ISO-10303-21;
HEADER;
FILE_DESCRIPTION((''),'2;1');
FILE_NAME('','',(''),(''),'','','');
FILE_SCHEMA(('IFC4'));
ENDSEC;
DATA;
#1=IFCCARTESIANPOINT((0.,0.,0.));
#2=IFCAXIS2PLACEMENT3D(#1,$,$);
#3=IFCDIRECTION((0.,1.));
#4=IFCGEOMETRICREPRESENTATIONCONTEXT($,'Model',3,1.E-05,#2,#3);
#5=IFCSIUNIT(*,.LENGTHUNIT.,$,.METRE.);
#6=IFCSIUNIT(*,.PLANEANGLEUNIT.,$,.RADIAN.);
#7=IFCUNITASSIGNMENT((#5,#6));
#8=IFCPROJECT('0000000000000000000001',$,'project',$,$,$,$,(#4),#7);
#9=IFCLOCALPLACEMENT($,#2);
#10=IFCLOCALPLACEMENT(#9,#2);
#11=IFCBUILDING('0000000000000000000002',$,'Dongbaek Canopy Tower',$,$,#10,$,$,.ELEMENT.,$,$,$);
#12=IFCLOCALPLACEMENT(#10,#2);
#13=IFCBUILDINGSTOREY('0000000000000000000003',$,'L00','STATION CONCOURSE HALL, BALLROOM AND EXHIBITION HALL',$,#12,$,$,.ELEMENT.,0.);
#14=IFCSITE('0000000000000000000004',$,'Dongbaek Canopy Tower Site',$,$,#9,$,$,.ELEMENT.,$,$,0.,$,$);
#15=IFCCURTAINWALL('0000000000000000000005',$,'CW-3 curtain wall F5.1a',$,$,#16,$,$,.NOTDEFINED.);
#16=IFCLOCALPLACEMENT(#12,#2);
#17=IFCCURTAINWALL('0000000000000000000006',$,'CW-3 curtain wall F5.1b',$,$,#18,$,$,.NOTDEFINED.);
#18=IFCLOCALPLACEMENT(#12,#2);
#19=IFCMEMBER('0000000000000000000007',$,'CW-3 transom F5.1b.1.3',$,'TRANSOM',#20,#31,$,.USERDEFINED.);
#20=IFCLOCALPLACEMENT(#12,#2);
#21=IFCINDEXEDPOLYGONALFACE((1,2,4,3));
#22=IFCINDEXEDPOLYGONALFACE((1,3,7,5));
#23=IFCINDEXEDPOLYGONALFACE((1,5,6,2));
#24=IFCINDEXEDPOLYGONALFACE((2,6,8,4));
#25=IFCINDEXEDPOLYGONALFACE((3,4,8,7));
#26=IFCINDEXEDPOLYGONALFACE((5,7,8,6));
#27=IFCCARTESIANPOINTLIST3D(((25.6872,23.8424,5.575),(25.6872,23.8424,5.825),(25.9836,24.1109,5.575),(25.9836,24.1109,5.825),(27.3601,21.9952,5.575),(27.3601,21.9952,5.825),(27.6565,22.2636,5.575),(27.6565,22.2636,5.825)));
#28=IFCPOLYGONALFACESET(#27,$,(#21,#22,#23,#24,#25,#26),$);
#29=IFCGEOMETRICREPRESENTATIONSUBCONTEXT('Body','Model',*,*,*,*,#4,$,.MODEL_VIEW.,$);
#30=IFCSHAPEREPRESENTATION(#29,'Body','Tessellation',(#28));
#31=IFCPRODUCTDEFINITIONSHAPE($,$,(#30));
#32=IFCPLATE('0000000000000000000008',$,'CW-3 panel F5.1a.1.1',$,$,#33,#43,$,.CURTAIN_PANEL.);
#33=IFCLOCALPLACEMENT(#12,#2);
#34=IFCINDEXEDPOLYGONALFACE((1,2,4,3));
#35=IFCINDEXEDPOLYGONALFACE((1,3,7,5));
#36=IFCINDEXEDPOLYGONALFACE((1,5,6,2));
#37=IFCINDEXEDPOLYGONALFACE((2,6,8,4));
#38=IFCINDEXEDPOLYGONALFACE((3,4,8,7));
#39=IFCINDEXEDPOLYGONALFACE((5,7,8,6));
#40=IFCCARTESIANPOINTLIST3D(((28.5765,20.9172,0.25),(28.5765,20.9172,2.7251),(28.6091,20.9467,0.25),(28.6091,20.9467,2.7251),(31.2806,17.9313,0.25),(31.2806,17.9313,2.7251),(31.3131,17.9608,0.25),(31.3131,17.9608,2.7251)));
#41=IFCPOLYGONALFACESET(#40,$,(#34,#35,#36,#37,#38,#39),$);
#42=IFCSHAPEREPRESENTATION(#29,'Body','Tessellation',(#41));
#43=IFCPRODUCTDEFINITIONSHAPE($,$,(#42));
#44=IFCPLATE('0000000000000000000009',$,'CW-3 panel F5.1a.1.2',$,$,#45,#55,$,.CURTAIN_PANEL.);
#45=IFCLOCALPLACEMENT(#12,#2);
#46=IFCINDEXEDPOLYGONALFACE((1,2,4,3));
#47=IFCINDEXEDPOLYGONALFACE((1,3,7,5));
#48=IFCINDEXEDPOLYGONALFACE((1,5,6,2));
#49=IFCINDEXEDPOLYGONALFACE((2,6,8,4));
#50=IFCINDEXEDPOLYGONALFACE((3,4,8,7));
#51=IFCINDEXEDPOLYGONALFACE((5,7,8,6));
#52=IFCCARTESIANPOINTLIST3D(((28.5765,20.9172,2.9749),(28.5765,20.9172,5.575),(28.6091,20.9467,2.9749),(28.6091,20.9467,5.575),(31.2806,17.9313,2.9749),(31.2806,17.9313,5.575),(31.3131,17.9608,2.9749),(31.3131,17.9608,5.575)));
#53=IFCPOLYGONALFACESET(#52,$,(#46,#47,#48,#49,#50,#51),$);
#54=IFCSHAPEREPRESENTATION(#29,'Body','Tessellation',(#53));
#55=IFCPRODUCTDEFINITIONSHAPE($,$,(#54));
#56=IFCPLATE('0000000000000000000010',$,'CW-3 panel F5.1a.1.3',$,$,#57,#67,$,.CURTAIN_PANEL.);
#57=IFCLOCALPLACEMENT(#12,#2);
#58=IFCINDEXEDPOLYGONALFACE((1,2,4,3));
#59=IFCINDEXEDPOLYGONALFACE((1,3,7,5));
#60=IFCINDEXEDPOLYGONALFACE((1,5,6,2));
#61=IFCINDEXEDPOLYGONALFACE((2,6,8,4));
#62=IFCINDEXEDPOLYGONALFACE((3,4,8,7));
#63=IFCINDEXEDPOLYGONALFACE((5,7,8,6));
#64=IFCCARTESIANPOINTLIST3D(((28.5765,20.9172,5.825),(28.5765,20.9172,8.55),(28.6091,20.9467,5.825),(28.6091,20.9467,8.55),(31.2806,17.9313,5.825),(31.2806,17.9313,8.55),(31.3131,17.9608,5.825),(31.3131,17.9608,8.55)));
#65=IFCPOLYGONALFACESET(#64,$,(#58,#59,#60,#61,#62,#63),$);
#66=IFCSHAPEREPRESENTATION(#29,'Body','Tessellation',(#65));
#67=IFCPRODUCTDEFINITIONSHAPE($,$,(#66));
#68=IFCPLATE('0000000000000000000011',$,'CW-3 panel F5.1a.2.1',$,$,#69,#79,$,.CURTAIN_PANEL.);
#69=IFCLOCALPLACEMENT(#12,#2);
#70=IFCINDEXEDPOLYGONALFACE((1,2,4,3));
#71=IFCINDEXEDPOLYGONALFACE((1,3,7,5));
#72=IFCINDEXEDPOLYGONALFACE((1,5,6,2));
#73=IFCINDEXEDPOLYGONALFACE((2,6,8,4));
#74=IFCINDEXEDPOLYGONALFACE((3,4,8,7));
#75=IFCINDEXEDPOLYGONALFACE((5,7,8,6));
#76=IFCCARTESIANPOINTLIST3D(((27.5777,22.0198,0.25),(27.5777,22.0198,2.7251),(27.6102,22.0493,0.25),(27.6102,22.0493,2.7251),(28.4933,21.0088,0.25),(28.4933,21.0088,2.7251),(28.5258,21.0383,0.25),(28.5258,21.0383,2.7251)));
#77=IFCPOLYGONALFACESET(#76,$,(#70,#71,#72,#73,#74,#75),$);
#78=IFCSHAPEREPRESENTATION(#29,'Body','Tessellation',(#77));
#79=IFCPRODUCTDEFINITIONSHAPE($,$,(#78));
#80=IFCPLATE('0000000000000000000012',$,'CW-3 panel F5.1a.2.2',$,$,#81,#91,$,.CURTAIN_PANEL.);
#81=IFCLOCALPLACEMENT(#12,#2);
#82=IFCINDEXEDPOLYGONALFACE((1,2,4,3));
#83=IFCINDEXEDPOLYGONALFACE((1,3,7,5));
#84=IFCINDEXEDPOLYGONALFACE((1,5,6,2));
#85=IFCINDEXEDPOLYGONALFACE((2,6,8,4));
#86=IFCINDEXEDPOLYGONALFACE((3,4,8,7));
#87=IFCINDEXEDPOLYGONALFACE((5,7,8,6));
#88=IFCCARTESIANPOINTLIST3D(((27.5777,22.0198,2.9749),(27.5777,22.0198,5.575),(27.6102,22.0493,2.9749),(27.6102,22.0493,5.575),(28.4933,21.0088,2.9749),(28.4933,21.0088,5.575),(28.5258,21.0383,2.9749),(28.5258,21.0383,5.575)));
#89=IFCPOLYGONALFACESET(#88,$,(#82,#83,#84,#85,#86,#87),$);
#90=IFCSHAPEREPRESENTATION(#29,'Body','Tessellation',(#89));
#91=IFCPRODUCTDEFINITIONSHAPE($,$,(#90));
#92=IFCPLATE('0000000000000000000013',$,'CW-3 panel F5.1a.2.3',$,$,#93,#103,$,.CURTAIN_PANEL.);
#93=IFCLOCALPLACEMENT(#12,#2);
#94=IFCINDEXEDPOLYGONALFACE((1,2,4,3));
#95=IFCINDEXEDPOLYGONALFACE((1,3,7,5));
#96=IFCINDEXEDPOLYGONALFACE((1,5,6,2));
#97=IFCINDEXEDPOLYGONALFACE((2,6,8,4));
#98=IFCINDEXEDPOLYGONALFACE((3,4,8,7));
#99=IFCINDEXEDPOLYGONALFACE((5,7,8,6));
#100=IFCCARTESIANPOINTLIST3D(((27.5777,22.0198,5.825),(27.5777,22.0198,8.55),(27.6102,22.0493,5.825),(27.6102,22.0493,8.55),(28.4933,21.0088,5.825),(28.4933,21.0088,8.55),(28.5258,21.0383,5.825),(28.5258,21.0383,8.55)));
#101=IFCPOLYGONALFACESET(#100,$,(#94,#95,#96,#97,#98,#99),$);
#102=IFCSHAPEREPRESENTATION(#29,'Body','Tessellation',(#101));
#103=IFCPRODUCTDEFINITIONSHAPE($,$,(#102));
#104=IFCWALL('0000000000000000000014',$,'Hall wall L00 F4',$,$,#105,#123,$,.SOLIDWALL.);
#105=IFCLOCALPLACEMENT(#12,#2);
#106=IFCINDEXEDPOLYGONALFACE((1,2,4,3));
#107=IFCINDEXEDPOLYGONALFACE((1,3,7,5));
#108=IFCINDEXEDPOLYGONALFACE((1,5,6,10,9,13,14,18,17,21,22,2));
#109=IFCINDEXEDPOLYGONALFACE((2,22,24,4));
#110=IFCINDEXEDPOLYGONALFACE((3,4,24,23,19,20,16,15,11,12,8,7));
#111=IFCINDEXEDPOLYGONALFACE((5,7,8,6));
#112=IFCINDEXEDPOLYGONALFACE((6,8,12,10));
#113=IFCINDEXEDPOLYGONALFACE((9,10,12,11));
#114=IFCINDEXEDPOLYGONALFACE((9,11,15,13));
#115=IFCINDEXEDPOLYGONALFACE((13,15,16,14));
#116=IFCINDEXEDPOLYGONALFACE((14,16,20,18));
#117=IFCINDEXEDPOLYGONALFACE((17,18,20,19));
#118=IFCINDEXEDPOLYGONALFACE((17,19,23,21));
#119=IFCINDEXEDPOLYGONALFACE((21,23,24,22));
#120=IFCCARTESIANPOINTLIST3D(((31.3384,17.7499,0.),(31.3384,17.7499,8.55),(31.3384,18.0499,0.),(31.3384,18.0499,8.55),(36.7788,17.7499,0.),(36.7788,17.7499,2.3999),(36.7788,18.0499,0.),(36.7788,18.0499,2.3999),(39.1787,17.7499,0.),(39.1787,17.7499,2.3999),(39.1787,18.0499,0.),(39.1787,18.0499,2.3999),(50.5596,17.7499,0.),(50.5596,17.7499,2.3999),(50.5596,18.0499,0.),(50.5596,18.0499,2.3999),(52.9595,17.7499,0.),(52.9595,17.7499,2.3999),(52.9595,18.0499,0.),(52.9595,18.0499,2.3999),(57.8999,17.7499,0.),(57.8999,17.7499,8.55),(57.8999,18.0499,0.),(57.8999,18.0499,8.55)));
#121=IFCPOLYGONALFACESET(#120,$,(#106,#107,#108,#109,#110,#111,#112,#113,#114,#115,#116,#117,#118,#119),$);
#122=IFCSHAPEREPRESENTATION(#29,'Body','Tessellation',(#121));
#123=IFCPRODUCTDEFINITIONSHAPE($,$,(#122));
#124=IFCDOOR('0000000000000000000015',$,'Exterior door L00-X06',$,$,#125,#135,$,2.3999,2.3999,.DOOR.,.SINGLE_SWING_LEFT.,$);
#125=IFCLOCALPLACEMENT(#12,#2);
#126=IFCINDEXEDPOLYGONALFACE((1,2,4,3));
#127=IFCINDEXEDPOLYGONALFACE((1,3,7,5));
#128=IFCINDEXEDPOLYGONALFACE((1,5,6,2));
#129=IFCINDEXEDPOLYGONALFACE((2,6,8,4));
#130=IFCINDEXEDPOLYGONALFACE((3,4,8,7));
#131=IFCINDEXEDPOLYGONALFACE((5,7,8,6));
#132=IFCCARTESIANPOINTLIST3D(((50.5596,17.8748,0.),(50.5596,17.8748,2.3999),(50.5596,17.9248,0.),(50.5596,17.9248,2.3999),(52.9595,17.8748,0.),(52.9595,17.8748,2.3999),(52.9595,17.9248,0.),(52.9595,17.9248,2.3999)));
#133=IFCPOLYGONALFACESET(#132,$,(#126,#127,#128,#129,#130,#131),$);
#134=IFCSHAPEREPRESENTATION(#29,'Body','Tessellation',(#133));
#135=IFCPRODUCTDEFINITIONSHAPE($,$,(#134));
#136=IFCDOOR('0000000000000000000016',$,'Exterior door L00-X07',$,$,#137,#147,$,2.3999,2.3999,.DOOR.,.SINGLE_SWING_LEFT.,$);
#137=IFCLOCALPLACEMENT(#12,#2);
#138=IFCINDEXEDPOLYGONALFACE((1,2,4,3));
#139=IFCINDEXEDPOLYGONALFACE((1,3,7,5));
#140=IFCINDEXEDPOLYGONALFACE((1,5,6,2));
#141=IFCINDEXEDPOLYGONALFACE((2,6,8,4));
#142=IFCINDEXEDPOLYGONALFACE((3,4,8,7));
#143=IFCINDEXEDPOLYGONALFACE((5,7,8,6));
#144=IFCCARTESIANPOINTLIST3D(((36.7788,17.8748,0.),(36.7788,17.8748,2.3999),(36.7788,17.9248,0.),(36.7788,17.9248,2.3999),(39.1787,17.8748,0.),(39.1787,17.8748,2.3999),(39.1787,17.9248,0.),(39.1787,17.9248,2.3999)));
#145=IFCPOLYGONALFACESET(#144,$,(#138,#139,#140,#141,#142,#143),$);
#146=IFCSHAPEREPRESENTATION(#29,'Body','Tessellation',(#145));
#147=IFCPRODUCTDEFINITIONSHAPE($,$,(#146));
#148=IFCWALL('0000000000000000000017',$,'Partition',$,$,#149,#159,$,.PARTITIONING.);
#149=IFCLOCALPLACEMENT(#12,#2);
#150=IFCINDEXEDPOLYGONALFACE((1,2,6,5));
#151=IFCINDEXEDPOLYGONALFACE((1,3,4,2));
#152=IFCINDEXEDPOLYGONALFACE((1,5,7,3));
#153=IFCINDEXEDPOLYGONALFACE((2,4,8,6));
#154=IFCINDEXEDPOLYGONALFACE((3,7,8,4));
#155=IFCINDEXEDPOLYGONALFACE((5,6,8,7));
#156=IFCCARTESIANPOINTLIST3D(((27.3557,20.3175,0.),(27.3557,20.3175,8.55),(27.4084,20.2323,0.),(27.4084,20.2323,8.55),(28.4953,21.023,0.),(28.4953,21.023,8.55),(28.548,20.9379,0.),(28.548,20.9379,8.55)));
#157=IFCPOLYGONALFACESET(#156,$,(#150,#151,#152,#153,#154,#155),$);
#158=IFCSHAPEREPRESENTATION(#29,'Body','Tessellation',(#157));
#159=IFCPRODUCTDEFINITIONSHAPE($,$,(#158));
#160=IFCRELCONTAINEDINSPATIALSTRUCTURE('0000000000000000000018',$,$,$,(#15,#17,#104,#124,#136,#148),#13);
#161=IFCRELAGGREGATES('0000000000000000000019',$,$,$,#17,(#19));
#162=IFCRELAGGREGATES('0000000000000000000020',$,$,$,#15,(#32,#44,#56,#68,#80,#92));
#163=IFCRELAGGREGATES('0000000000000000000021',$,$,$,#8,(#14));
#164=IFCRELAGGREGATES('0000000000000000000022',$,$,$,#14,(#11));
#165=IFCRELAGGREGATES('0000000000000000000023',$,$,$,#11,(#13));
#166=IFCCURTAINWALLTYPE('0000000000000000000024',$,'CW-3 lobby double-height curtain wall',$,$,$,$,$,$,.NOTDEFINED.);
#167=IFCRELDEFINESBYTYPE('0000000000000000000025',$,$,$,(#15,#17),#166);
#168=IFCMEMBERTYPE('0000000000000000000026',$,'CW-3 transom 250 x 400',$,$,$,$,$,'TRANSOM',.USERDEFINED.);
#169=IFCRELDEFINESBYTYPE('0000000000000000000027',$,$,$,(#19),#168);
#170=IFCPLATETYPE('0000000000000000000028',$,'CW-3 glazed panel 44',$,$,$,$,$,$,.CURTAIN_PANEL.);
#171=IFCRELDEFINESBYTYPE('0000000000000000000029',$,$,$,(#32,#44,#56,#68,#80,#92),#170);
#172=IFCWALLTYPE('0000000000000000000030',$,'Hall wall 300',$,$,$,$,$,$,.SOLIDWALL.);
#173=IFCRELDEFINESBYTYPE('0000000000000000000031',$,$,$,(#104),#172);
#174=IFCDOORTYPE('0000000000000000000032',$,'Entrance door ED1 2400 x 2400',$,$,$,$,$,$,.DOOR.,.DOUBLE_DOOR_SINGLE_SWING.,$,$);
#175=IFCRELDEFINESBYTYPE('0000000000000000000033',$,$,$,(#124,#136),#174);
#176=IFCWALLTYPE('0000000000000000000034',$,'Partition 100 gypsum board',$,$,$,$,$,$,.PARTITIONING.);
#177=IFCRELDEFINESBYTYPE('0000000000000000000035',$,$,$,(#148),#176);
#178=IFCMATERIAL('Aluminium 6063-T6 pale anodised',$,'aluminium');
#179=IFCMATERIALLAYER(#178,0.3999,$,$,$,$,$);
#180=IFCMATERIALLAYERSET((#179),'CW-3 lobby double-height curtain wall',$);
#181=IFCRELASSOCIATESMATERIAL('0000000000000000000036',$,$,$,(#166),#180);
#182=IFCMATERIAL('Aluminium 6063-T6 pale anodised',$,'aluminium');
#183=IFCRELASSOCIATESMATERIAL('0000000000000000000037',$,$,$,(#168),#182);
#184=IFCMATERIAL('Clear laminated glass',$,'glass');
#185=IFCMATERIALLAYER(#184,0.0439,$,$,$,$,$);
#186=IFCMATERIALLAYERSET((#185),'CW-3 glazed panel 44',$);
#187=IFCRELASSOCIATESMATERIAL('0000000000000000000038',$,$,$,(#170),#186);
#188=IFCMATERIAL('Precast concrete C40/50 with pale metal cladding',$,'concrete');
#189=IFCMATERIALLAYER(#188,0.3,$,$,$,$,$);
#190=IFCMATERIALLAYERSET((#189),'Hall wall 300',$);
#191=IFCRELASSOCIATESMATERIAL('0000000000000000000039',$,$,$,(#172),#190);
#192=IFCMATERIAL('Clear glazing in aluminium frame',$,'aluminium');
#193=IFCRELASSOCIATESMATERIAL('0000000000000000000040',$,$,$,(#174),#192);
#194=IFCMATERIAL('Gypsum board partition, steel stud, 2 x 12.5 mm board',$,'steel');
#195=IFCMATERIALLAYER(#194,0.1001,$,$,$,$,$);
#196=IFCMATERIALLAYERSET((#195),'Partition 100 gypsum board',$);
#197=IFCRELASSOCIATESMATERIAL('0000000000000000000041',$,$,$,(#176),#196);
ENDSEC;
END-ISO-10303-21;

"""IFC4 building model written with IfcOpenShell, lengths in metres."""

from ifc_helpers import new_model, si_unit, direction, frame, frame_2d, origin, origin_2d, place, context, subcontext, project, spatial, rectangle, extrude, material, layer, layer_set, material_profile, profile_set, type_object, element, fill, aggregate, save


model = new_model("IFC4")

# Units and contexts
model_context = context("Model", 3, precision=1e-05, world=origin(), true_north=direction((0.0, 1.0)))
body_context = subcontext(model_context, "Body", "Model", "MODEL_VIEW")
ifc_project = project(units=[si_unit("LENGTHUNIT", "METRE"), si_unit("PLANEANGLEUNIT", "RADIAN")], contexts=[model_context])

# Site, building, storey
site_placement = place(None, origin())
site = spatial("IfcSite", under=ifc_project, at=site_placement, Name="Dongbaek Canopy Tower Site", CompositionType="ELEMENT", RefElevation=0.0)
building_placement = place(site_placement, origin())
building = spatial("IfcBuilding", under=site, at=building_placement, Name="Dongbaek Canopy Tower", CompositionType="ELEMENT")
storey_placement = place(building_placement, origin())
storey = spatial("IfcBuildingStorey", under=building, at=storey_placement, Name="L00", Description="STATION CONCOURSE HALL, BALLROOM AND EXHIBITION HALL", CompositionType="ELEMENT", Elevation=0.0)

# Curtain walls, member
ifc_material_1 = material(Name="Aluminium 6063-T6 pale anodised", Category="aluminium")
ifc_layer_1 = layer(ifc_material_1, 0.3999)
ifc_layer_set_1 = layer_set([ifc_layer_1], Name="CW-3 lobby double-height curtain wall")
curtain_wall_type = type_object("IfcCurtainWallType", Name="CW-3 lobby double-height curtain wall", PredefinedType="NOTDEFINED", material=ifc_layer_set_1)
curtain_wall_1_placement = place(storey_placement, origin())
curtain_wall_1 = element("IfcCurtainWall", 1, at=curtain_wall_1_placement, inside=storey, type_object=curtain_wall_type, Name="CW-3 curtain wall F5.1a", PredefinedType="NOTDEFINED")
ifc_material_2 = material(Name="Aluminium 6063-T6 pale anodised", Category="aluminium")
ifc_material_profile_1 = material_profile(ifc_material_2, rectangle(XDim=0.3999, YDim=0.25, at=origin_2d()), Name="CW-3 transom 250 x 400")
ifc_profile_set_1 = profile_set([ifc_material_profile_1], Name="Aluminium 6063-T6 pale anodised")
member_type_1 = type_object("IfcMemberType", Name="CW-3 transom 250 x 400", ElementType="TRANSOM", PredefinedType="USERDEFINED", material=ifc_profile_set_1)
curtain_wall_2_placement = place(storey_placement, origin())
curtain_wall_2 = element("IfcCurtainWall", 2, at=curtain_wall_2_placement, inside=storey, type_object=curtain_wall_type, Name="CW-3 curtain wall F5.1b", PredefinedType="NOTDEFINED")
member_1_placement = place(storey_placement, frame((27.5083, 22.1294, 5.7), z_axis=(-0.671267, 0.741215, 0.0), x_axis=(-0.741215, -0.671267, 0.0)))
member_1 = element("IfcMember", 3, at=member_1_placement, type_object=member_type_1, Name="CW-3 transom F5.1b.1.3", ObjectType="TRANSOM", PredefinedType="USERDEFINED", context=body_context, shape_type="SweptSolid", body=[
    extrude(rectangle(XDim=0.3999, YDim=0.25, at=origin_2d()), origin(), (0.0, 0.0, 1.0), 2.4922),
])
aggregate(curtain_wall_2, [member_1])

# Plates
ifc_material_3 = material(Name="Clear laminated glass", Category="glass")
ifc_layer_2 = layer(ifc_material_3, 0.0439)
ifc_layer_set_2 = layer_set([ifc_layer_2], Name="CW-3 glazed panel 44")
plate_type = type_object("IfcPlateType", Name="CW-3 glazed panel 44", PredefinedType="CURTAIN_PANEL", material=ifc_layer_set_2)
plate_1_placement = place(storey_placement, frame((29.9448, 19.439, 0.25), z_axis=(0.0, 0.0, 1.0), x_axis=(-0.67126, 0.741222, 0.0)))
plate_1 = element("IfcPlate", 4, at=plate_1_placement, type_object=plate_type, Name="CW-3 panel F5.1a.1.1", PredefinedType="CURTAIN_PANEL", context=body_context, shape_type="SweptSolid", body=[
    extrude(rectangle(XDim=4.0283, YDim=0.0439, at=origin_2d()), origin(), (0.0, 0.0, 1.0), 2.4751),
])
plate_2_placement = place(storey_placement, frame((29.9448, 19.439, 2.9749), z_axis=(0.0, 0.0, 1.0), x_axis=(-0.67126, 0.741222, 0.0)))
plate_2 = element("IfcPlate", 5, at=plate_2_placement, type_object=plate_type, Name="CW-3 panel F5.1a.1.2", PredefinedType="CURTAIN_PANEL", context=body_context, shape_type="SweptSolid", body=[
    extrude(rectangle(XDim=4.0283, YDim=0.0439, at=origin_2d()), origin(), (0.0, 0.0, 1.0), 2.6001),
])
plate_3_placement = place(storey_placement, frame((29.9448, 19.439, 5.825), z_axis=(0.0, 0.0, 1.0), x_axis=(-0.67126, 0.741222, 0.0)))
plate_3 = element("IfcPlate", 6, at=plate_3_placement, type_object=plate_type, Name="CW-3 panel F5.1a.1.3", PredefinedType="CURTAIN_PANEL", context=body_context, shape_type="SweptSolid", body=[
    extrude(rectangle(XDim=4.0283, YDim=0.0439, at=origin_2d()), origin(), (0.0, 0.0, 1.0), 2.7251),
])
plate_4_placement = place(storey_placement, frame((28.0518, 21.5291, 0.25), z_axis=(0.0, 0.0, 1.0), x_axis=(-0.67126, 0.741222, 0.0)))
plate_4 = element("IfcPlate", 7, at=plate_4_placement, type_object=plate_type, Name="CW-3 panel F5.1a.2.1", PredefinedType="CURTAIN_PANEL", context=body_context, shape_type="SweptSolid", body=[
    extrude(rectangle(XDim=1.364, YDim=0.0439, at=origin_2d()), origin(), (0.0, 0.0, 1.0), 2.4751),
])
plate_5_placement = place(storey_placement, frame((28.0518, 21.5291, 2.9749), z_axis=(0.0, 0.0, 1.0), x_axis=(-0.67126, 0.741222, 0.0)))
plate_5 = element("IfcPlate", 8, at=plate_5_placement, type_object=plate_type, Name="CW-3 panel F5.1a.2.2", PredefinedType="CURTAIN_PANEL", context=body_context, shape_type="SweptSolid", body=[
    extrude(rectangle(XDim=1.364, YDim=0.0439, at=origin_2d()), origin(), (0.0, 0.0, 1.0), 2.6001),
])
plate_6_placement = place(storey_placement, frame((28.0518, 21.5291, 5.825), z_axis=(0.0, 0.0, 1.0), x_axis=(-0.67126, 0.741222, 0.0)))
plate_6 = element("IfcPlate", 9, at=plate_6_placement, type_object=plate_type, Name="CW-3 panel F5.1a.2.3", PredefinedType="CURTAIN_PANEL", context=body_context, shape_type="SweptSolid", body=[
    extrude(rectangle(XDim=1.364, YDim=0.0439, at=origin_2d()), origin(), (0.0, 0.0, 1.0), 2.7251),
])
aggregate(curtain_wall_1, [plate_1, plate_2, plate_3, plate_4, plate_5, plate_6])

# Wall, openings, doors
ifc_material_4 = material(Name="Precast concrete C40/50 with pale metal cladding", Category="concrete")
ifc_layer_3 = layer(ifc_material_4, 0.3)
ifc_layer_set_3 = layer_set([ifc_layer_3], Name="Hall wall 300")
wall_type_1 = type_object("IfcWallType", Name="Hall wall 300", PredefinedType="SOLIDWALL", material=ifc_layer_set_3)
wall_1_placement = place(storey_placement, frame((31.3384, 17.8999, 0.0), z_axis=(0.0, 0.0, 1.0), x_axis=(1.0, 0.0, 0.0)))
wall_1 = element("IfcWall", 10, at=wall_1_placement, inside=storey, type_object=wall_type_1, Name="Hall wall L00 F4", PredefinedType="SOLIDWALL", context=body_context, shape_type="SweptSolid", body=[
    extrude(rectangle(XDim=26.5615, YDim=0.3, at=frame_2d((13.2808, 0.0))), origin(), (0.0, 0.0, 1.0), 8.55),
])
opening_1_placement = place(wall_1_placement, frame((19.2212, 0.0, 0.0)))
opening_1 = element("IfcOpeningElement", 11, at=opening_1_placement, cuts=wall_1, PredefinedType="OPENING", context=body_context, shape_type="SweptSolid", body=[
    extrude(rectangle(XDim=2.3999, YDim=2.3999, at=frame_2d((1.2, 1.2))), frame((0.0, 0.1599, 0.0), z_axis=(0.0, -1.0, 0.0), x_axis=(1.0, 0.0, 0.0)), (0.0, 0.0, 1.0), 0.3201),
])
opening_2_placement = place(wall_1_placement, frame((5.4404, 0.0, 0.0)))
opening_2 = element("IfcOpeningElement", 12, at=opening_2_placement, cuts=wall_1, PredefinedType="OPENING", context=body_context, shape_type="SweptSolid", body=[
    extrude(rectangle(XDim=2.3999, YDim=2.3999, at=frame_2d((1.2, 1.2))), frame((0.0, 0.1599, 0.0), z_axis=(0.0, -1.0, 0.0), x_axis=(1.0, 0.0, 0.0)), (0.0, 0.0, 1.0), 0.3201),
])
ifc_material_5 = material(Name="Clear glazing in aluminium frame", Category="aluminium")
door_type = type_object("IfcDoorType", Name="Entrance door ED1 2400 x 2400", OperationType="DOUBLE_DOOR_SINGLE_SWING", PredefinedType="DOOR", material=ifc_material_5)
door_1_placement = place(opening_1_placement, origin())
door_1 = element("IfcDoor", 13, at=door_1_placement, inside=storey, type_object=door_type, Name="Exterior door L00-X06", OperationType="SINGLE_SWING_LEFT", OverallHeight=2.3999, OverallWidth=2.3999, PredefinedType="DOOR", context=body_context, shape_type="SweptSolid", body=[
    extrude(rectangle(XDim=2.3999, YDim=2.3999, at=frame_2d((1.2, 1.2))), frame((0.0, 0.0249, 0.0), z_axis=(0.0, -1.0, 0.0), x_axis=(1.0, 0.0, 0.0)), (0.0, 0.0, 1.0), 0.05),
])
fill(opening_1, door_1)
door_2_placement = place(opening_2_placement, origin())
door_2 = element("IfcDoor", 14, at=door_2_placement, inside=storey, type_object=door_type, Name="Exterior door L00-X07", OperationType="SINGLE_SWING_LEFT", OverallHeight=2.3999, OverallWidth=2.3999, PredefinedType="DOOR", context=body_context, shape_type="SweptSolid", body=[
    extrude(rectangle(XDim=2.3999, YDim=2.3999, at=frame_2d((1.2, 1.2))), frame((0.0, 0.0249, 0.0), z_axis=(0.0, -1.0, 0.0), x_axis=(1.0, 0.0, 0.0)), (0.0, 0.0, 1.0), 0.05),
])
fill(opening_2, door_2)

# Wall
ifc_material_6 = material(Name="Gypsum board partition, steel stud, 2 x 12.5 mm board", Category="steel")
ifc_layer_4 = layer(ifc_material_6, 0.1001)
ifc_layer_set_4 = layer_set([ifc_layer_4], Name="Partition 100 gypsum board")
wall_type_2 = type_object("IfcWallType", Name="Partition 100 gypsum board", PredefinedType="PARTITIONING", material=ifc_layer_set_4)
wall_2_placement = place(storey_placement, frame((27.3821, 20.2749, 0.0), z_axis=(0.0, 0.0, 1.0), x_axis=(0.850242, 0.526392, 0.0)))
element("IfcWall", 15, at=wall_2_placement, inside=storey, type_object=wall_type_2, Name="Partition", PredefinedType="PARTITIONING", context=body_context, shape_type="SweptSolid", body=[
    extrude(rectangle(XDim=1.3403, YDim=0.1001, at=frame_2d((0.6702, 0.0))), origin(), (0.0, 0.0, 1.0), 8.55),
])

save(model, "model.ifc")
